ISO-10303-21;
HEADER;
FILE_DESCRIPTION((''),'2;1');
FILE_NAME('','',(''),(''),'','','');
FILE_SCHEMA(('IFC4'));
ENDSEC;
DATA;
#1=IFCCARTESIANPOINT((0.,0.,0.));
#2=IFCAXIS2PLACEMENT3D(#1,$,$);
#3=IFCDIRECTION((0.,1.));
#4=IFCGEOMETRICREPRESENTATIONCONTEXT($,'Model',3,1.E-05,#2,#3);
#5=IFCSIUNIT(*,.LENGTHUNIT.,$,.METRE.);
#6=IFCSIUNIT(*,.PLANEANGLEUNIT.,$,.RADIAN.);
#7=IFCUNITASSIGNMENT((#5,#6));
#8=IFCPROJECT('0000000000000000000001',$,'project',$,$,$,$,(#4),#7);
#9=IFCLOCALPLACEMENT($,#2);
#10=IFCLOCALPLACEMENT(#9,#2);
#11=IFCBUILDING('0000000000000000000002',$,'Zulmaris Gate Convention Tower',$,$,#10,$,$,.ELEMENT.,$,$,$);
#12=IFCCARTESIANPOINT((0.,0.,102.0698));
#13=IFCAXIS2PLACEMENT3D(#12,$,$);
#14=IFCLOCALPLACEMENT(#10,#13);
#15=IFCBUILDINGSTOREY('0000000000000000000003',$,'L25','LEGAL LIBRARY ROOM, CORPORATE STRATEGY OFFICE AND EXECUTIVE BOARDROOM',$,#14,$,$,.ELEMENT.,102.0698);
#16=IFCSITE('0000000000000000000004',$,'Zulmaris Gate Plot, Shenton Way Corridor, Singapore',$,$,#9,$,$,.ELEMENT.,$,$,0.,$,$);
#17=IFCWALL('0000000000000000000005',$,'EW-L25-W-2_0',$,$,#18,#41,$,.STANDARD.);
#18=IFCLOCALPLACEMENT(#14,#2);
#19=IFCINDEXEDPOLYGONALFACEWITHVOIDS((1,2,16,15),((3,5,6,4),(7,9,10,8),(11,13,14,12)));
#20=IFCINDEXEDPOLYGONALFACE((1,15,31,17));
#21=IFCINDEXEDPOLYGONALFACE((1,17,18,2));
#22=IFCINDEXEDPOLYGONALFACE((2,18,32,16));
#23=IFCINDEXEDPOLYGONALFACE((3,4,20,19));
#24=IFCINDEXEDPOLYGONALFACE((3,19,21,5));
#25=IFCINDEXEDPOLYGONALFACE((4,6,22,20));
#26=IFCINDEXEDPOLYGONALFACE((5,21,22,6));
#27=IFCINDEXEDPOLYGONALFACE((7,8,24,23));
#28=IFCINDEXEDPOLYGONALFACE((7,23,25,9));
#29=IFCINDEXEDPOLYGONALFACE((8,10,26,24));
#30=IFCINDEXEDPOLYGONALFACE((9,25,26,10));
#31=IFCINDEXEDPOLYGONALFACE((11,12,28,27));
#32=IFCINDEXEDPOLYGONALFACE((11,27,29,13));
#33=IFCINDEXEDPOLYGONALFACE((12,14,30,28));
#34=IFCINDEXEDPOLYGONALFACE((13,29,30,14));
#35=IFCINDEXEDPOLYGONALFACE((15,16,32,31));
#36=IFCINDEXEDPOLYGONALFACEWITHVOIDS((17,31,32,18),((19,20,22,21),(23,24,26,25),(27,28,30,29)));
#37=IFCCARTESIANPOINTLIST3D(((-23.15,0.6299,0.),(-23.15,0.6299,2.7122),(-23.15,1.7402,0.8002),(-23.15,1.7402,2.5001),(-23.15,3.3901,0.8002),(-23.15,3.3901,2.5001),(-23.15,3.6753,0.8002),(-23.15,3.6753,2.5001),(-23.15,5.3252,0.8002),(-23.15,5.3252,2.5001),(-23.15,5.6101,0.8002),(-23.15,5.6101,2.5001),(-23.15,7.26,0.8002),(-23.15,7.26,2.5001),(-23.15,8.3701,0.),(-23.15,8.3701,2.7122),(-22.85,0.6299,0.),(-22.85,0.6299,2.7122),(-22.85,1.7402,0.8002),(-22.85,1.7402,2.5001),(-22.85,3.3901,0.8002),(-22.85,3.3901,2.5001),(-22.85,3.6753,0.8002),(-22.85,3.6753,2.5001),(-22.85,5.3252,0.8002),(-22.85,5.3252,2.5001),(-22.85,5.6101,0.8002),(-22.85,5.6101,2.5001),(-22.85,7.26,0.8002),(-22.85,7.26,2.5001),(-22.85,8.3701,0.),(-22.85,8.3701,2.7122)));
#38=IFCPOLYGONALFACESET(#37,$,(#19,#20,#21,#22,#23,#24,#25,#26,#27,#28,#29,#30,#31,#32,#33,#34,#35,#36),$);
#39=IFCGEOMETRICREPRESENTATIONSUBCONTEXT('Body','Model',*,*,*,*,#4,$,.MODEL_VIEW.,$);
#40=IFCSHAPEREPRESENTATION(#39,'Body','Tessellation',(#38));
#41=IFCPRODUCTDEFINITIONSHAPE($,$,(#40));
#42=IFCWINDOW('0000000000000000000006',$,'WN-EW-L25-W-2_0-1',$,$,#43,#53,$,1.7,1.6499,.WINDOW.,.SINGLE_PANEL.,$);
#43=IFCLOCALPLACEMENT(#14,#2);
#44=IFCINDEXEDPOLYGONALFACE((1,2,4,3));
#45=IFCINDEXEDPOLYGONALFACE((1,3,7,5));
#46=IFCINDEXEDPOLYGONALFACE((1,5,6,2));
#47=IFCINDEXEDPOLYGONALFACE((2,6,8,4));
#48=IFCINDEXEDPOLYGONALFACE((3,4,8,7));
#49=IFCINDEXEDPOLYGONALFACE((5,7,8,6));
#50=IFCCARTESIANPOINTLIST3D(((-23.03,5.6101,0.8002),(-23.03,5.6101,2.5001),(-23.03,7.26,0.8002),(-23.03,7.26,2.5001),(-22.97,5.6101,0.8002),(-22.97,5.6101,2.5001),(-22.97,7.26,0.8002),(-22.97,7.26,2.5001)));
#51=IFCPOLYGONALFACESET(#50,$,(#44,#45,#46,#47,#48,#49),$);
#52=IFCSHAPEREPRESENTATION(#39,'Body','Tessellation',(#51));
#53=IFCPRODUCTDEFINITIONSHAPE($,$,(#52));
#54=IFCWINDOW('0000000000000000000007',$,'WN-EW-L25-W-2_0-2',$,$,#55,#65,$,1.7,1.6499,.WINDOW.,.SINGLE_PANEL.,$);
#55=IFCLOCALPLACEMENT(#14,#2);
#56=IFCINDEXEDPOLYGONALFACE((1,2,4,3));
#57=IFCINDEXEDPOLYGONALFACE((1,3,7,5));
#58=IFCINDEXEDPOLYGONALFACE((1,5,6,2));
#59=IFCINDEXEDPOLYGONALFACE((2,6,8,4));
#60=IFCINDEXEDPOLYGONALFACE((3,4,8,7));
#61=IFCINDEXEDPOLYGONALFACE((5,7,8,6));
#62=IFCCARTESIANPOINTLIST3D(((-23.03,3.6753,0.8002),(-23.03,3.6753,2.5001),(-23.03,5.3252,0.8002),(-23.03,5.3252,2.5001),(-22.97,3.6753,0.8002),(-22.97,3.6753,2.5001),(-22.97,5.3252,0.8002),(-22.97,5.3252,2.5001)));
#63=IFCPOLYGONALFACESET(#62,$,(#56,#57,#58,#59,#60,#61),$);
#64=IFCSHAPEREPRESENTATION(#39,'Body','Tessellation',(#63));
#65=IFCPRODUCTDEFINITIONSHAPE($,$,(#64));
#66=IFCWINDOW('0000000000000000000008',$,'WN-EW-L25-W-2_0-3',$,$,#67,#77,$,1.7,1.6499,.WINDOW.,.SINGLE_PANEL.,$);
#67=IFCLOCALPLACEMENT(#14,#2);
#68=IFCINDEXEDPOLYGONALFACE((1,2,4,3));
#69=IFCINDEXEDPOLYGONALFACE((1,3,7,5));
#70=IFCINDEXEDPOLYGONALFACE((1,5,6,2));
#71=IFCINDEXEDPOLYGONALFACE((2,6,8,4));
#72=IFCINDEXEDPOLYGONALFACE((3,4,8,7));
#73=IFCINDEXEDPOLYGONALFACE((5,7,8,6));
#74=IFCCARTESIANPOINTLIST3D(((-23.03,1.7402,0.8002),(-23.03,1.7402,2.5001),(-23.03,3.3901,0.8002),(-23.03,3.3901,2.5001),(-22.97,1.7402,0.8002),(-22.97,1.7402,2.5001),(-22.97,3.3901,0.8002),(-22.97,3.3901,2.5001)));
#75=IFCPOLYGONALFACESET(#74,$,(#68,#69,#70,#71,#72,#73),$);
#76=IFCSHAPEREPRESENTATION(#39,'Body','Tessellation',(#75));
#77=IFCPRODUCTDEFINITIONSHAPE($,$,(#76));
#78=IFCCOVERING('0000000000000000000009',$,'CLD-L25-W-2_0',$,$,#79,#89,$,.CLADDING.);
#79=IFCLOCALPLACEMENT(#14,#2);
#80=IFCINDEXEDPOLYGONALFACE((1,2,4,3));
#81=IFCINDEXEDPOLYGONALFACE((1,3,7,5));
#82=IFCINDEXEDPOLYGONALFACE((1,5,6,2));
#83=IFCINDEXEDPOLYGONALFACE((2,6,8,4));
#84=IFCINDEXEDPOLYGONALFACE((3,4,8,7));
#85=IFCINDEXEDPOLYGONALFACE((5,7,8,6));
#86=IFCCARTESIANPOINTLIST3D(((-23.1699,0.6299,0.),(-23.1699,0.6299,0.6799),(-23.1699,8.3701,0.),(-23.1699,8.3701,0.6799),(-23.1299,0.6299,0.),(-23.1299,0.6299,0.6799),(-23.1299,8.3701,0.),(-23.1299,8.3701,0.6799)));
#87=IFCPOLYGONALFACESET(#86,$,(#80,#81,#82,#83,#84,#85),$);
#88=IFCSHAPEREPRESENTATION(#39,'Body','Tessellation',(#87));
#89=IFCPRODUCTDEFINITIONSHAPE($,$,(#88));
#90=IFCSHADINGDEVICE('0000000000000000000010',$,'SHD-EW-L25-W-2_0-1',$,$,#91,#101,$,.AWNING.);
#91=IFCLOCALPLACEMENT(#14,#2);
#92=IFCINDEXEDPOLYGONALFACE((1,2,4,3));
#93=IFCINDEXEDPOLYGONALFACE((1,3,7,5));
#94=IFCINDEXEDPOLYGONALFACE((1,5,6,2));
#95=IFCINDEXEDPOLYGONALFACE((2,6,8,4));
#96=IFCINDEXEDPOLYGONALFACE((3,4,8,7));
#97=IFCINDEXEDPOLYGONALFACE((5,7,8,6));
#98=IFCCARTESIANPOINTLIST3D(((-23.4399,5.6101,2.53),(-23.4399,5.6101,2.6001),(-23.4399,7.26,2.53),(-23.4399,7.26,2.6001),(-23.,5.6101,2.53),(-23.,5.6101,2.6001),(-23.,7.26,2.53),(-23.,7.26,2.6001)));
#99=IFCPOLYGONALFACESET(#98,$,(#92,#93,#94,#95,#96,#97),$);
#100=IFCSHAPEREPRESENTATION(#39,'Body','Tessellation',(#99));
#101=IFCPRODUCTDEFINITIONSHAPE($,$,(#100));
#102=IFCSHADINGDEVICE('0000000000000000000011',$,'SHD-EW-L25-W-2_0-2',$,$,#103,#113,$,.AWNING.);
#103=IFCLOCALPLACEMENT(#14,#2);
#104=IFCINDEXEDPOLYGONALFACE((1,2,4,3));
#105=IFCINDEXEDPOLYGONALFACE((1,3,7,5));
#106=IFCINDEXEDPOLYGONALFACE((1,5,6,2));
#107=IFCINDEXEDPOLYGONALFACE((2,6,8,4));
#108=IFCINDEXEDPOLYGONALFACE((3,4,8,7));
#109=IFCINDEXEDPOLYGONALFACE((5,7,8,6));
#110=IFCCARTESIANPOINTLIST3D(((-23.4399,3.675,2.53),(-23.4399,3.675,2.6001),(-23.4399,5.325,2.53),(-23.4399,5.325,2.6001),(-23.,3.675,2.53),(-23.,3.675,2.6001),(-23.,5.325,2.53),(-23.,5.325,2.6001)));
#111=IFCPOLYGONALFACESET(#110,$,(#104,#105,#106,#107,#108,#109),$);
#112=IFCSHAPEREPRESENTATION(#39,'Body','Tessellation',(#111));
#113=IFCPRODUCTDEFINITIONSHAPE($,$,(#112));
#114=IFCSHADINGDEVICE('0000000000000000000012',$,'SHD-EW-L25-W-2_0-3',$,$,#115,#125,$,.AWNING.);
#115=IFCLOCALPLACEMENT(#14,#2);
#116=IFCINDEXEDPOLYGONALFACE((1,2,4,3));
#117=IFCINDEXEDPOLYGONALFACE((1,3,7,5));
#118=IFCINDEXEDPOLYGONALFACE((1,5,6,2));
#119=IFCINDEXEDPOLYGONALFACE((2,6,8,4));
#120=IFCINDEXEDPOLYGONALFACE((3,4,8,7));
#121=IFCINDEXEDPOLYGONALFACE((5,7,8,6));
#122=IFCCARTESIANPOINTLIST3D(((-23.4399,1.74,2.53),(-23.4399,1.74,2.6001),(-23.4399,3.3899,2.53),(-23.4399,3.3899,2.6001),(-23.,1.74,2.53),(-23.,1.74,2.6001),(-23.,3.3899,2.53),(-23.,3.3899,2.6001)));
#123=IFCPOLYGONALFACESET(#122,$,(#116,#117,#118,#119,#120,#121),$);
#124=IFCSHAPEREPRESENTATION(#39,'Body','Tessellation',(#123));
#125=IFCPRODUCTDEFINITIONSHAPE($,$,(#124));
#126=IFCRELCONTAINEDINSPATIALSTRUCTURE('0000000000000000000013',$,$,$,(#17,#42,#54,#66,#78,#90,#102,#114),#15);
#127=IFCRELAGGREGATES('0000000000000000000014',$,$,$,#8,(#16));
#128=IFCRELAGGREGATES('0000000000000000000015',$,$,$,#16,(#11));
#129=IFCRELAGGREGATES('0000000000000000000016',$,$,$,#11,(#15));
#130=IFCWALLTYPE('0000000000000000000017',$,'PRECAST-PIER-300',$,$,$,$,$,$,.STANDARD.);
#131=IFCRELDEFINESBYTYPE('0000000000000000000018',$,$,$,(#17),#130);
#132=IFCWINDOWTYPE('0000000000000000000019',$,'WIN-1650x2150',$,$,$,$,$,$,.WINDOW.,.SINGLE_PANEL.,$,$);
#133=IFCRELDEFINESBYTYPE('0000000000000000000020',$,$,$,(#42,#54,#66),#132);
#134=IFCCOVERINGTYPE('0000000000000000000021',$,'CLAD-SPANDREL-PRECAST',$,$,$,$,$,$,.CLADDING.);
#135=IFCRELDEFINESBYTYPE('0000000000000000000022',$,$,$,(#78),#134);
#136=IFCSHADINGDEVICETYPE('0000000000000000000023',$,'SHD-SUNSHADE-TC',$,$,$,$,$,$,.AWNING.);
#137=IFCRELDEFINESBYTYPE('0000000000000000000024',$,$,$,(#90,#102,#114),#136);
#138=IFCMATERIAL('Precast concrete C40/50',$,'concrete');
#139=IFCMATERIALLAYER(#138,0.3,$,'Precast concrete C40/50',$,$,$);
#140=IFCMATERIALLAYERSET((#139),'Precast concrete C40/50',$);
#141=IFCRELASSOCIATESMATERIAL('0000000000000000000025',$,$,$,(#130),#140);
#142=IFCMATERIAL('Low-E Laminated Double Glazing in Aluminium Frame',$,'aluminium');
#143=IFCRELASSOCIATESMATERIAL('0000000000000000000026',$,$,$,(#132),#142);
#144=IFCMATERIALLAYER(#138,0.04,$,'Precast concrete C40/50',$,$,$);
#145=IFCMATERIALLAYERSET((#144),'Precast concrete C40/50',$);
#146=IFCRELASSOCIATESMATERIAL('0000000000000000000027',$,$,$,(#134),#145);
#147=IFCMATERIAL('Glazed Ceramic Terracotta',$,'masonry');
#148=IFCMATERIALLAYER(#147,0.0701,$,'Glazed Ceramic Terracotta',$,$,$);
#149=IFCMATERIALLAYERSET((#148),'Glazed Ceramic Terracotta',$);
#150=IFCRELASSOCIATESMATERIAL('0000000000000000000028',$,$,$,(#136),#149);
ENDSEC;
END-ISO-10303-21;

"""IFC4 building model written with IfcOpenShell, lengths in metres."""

from ifc_helpers import new_model, si_unit, direction, frame, frame_2d, origin, place, context, subcontext, project, spatial, rectangle, extrude, material, layer, layer_set, type_object, element, fill, save


model = new_model("IFC4")

# Units and contexts
model_context = context("Model", 3, precision=1e-05, world=origin(), true_north=direction((0.0, 1.0)))
body_context = subcontext(model_context, "Body", "Model", "MODEL_VIEW")
ifc_project = project(units=[si_unit("LENGTHUNIT", "METRE"), si_unit("PLANEANGLEUNIT", "RADIAN")], contexts=[model_context])

# Site, building, storey
site_placement = place(None, origin())
site = spatial("IfcSite", under=ifc_project, at=site_placement, Name="Zulmaris Gate Plot, Shenton Way Corridor, Singapore", CompositionType="ELEMENT", RefElevation=0.0)
building_placement = place(site_placement, origin())
building = spatial("IfcBuilding", under=site, at=building_placement, Name="Zulmaris Gate Convention Tower", CompositionType="ELEMENT")
storey_placement = place(building_placement, frame((0.0, 0.0, 102.0698)))
storey = spatial("IfcBuildingStorey", under=building, at=storey_placement, Name="L25", Description="LEGAL LIBRARY ROOM, CORPORATE STRATEGY OFFICE AND EXECUTIVE BOARDROOM", CompositionType="ELEMENT", Elevation=102.0698)

# Wall, openings, windows
ifc_material_1 = material(Name="Precast concrete C40/50", Category="concrete")
ifc_layer_1 = layer(ifc_material_1, 0.3, Name="Precast concrete C40/50")
ifc_layer_set_1 = layer_set([ifc_layer_1], Name="Precast concrete C40/50")
wall_type_1 = type_object("IfcWallType", Name="PRECAST-PIER-300", PredefinedType="STANDARD", material=ifc_layer_set_1)
wall_1_placement = place(storey_placement, frame((-23.0, 8.3701, 0.0), z_axis=(0.0, 0.0, 1.0), x_axis=(0.0, -1.0, 0.0)))
wall_1 = element("IfcWall", 1, at=wall_1_placement, inside=storey, type_object=wall_type_1, Name="EW-L25-W-2_0", PredefinedType="STANDARD", context=body_context, shape_type="SweptSolid", body=[
    extrude(rectangle(XDim=7.7402, YDim=0.3, at=frame_2d((3.8701, 0.0))), origin(), (0.0, 0.0, 1.0), 2.7122),
])
opening_1_placement = place(wall_1_placement, frame((1.1101, 0.0, 0.8)))
opening_1 = element("IfcOpeningElement", 2, at=opening_1_placement, cuts=wall_1, PredefinedType="OPENING", context=body_context, shape_type="SweptSolid", body=[
    extrude(rectangle(XDim=1.6499, YDim=1.7, at=frame_2d((0.825, 0.8501))), frame((0.0, 0.1602, 0.0), z_axis=(0.0, -1.0, 0.0), x_axis=(1.0, 0.0, 0.0)), (0.0, 0.0, 1.0), 0.3201),
])
opening_2_placement = place(wall_1_placement, frame((3.0449, 0.0, 0.8)))
opening_2 = element("IfcOpeningElement", 3, at=opening_2_placement, cuts=wall_1, PredefinedType="OPENING", context=body_context, shape_type="SweptSolid", body=[
    extrude(rectangle(XDim=1.6499, YDim=1.7, at=frame_2d((0.825, 0.8501))), frame((0.0, 0.1602, 0.0), z_axis=(0.0, -1.0, 0.0), x_axis=(1.0, 0.0, 0.0)), (0.0, 0.0, 1.0), 0.3201),
])
opening_3_placement = place(wall_1_placement, frame((4.98, 0.0, 0.8)))
opening_3 = element("IfcOpeningElement", 4, at=opening_3_placement, cuts=wall_1, PredefinedType="OPENING", context=body_context, shape_type="SweptSolid", body=[
    extrude(rectangle(XDim=1.6499, YDim=1.7, at=frame_2d((0.825, 0.8501))), frame((0.0, 0.1602, 0.0), z_axis=(0.0, -1.0, 0.0), x_axis=(1.0, 0.0, 0.0)), (0.0, 0.0, 1.0), 0.3201),
])
ifc_material_2 = material(Name="Low-E Laminated Double Glazing in Aluminium Frame", Category="aluminium")
window_type = type_object("IfcWindowType", Name="WIN-1650x2150", PartitioningType="SINGLE_PANEL", PredefinedType="WINDOW", material=ifc_material_2)
window_1_placement = place(opening_1_placement, origin())
window_1 = element("IfcWindow", 5, at=window_1_placement, inside=storey, type_object=window_type, Name="WN-EW-L25-W-2_0-1", OverallHeight=1.7, OverallWidth=1.6499, PartitioningType="SINGLE_PANEL", PredefinedType="WINDOW", context=body_context, shape_type="SweptSolid", body=[
    extrude(rectangle(XDim=1.6499, YDim=1.7, at=frame_2d((0.825, 0.8501))), frame((0.0, 0.03, 0.0), z_axis=(0.0, -1.0, 0.0), x_axis=(1.0, 0.0, 0.0)), (0.0, 0.0, 1.0), 0.0601),
])
fill(opening_1, window_1)
window_2_placement = place(opening_2_placement, origin())
window_2 = element("IfcWindow", 6, at=window_2_placement, inside=storey, type_object=window_type, Name="WN-EW-L25-W-2_0-2", OverallHeight=1.7, OverallWidth=1.6499, PartitioningType="SINGLE_PANEL", PredefinedType="WINDOW", context=body_context, shape_type="SweptSolid", body=[
    extrude(rectangle(XDim=1.6499, YDim=1.7, at=frame_2d((0.825, 0.8501))), frame((0.0, 0.03, 0.0), z_axis=(0.0, -1.0, 0.0), x_axis=(1.0, 0.0, 0.0)), (0.0, 0.0, 1.0), 0.0601),
])
fill(opening_2, window_2)
window_3_placement = place(opening_3_placement, origin())
window_3 = element("IfcWindow", 7, at=window_3_placement, inside=storey, type_object=window_type, Name="WN-EW-L25-W-2_0-3", OverallHeight=1.7, OverallWidth=1.6499, PartitioningType="SINGLE_PANEL", PredefinedType="WINDOW", context=body_context, shape_type="SweptSolid", body=[
    extrude(rectangle(XDim=1.6499, YDim=1.7, at=frame_2d((0.825, 0.8501))), frame((0.0, 0.03, 0.0), z_axis=(0.0, -1.0, 0.0), x_axis=(1.0, 0.0, 0.0)), (0.0, 0.0, 1.0), 0.0601),
])
fill(opening_3, window_3)

# Covering
ifc_layer_2 = layer(ifc_material_1, 0.04, Name="Precast concrete C40/50")
ifc_layer_set_2 = layer_set([ifc_layer_2], Name="Precast concrete C40/50")
covering_type = type_object("IfcCoveringType", Name="CLAD-SPANDREL-PRECAST", PredefinedType="CLADDING", material=ifc_layer_set_2)
covering_placement = place(storey_placement, frame((-23.1499, 8.3701, 0.0), z_axis=(0.0, 0.0, 1.0), x_axis=(0.0, -1.0, 0.0)))
element("IfcCovering", 8, at=covering_placement, inside=storey, type_object=covering_type, Name="CLD-L25-W-2_0", PredefinedType="CLADDING", context=body_context, shape_type="SweptSolid", body=[
    extrude(rectangle(XDim=7.7402, YDim=0.04, at=frame_2d((3.8701, 0.0))), origin(), (0.0, 0.0, 1.0), 0.6799),
])

# Shading devices
ifc_material_3 = material(Name="Glazed Ceramic Terracotta", Category="masonry")
ifc_layer_3 = layer(ifc_material_3, 0.0701, Name="Glazed Ceramic Terracotta")
ifc_layer_set_3 = layer_set([ifc_layer_3], Name="Glazed Ceramic Terracotta")
shading_device_type = type_object("IfcShadingDeviceType", Name="SHD-SUNSHADE-TC", PredefinedType="AWNING", material=ifc_layer_set_3)
for number, where, z_axis, x_axis, name in (
    (9, (-23.22, 7.26, 2.53), (0.0, 0.0, 1.0), (0.0, -1.0, 0.0), "SHD-EW-L25-W-2_0-1"),
    (10, (-23.22, 5.325, 2.53), (0.0, 0.0, 1.0), (0.0, -1.0, 0.0), "SHD-EW-L25-W-2_0-2"),
    (11, (-23.22, 3.3899, 2.53), (0.0, 0.0, 1.0), (0.0, -1.0, 0.0), "SHD-EW-L25-W-2_0-3"),
):
    element("IfcShadingDevice", number, at=place(storey_placement, frame(where, z_axis=z_axis, x_axis=x_axis)), inside=storey, type_object=shading_device_type, Name=name, PredefinedType="AWNING", context=body_context, shape_type="SweptSolid", body=[
        extrude(rectangle(XDim=1.6499, YDim=0.4399, at=frame_2d((0.825, 0.0))), origin(), (0.0, 0.0, 1.0), 0.0701),
    ])

save(model, "model.ifc")
